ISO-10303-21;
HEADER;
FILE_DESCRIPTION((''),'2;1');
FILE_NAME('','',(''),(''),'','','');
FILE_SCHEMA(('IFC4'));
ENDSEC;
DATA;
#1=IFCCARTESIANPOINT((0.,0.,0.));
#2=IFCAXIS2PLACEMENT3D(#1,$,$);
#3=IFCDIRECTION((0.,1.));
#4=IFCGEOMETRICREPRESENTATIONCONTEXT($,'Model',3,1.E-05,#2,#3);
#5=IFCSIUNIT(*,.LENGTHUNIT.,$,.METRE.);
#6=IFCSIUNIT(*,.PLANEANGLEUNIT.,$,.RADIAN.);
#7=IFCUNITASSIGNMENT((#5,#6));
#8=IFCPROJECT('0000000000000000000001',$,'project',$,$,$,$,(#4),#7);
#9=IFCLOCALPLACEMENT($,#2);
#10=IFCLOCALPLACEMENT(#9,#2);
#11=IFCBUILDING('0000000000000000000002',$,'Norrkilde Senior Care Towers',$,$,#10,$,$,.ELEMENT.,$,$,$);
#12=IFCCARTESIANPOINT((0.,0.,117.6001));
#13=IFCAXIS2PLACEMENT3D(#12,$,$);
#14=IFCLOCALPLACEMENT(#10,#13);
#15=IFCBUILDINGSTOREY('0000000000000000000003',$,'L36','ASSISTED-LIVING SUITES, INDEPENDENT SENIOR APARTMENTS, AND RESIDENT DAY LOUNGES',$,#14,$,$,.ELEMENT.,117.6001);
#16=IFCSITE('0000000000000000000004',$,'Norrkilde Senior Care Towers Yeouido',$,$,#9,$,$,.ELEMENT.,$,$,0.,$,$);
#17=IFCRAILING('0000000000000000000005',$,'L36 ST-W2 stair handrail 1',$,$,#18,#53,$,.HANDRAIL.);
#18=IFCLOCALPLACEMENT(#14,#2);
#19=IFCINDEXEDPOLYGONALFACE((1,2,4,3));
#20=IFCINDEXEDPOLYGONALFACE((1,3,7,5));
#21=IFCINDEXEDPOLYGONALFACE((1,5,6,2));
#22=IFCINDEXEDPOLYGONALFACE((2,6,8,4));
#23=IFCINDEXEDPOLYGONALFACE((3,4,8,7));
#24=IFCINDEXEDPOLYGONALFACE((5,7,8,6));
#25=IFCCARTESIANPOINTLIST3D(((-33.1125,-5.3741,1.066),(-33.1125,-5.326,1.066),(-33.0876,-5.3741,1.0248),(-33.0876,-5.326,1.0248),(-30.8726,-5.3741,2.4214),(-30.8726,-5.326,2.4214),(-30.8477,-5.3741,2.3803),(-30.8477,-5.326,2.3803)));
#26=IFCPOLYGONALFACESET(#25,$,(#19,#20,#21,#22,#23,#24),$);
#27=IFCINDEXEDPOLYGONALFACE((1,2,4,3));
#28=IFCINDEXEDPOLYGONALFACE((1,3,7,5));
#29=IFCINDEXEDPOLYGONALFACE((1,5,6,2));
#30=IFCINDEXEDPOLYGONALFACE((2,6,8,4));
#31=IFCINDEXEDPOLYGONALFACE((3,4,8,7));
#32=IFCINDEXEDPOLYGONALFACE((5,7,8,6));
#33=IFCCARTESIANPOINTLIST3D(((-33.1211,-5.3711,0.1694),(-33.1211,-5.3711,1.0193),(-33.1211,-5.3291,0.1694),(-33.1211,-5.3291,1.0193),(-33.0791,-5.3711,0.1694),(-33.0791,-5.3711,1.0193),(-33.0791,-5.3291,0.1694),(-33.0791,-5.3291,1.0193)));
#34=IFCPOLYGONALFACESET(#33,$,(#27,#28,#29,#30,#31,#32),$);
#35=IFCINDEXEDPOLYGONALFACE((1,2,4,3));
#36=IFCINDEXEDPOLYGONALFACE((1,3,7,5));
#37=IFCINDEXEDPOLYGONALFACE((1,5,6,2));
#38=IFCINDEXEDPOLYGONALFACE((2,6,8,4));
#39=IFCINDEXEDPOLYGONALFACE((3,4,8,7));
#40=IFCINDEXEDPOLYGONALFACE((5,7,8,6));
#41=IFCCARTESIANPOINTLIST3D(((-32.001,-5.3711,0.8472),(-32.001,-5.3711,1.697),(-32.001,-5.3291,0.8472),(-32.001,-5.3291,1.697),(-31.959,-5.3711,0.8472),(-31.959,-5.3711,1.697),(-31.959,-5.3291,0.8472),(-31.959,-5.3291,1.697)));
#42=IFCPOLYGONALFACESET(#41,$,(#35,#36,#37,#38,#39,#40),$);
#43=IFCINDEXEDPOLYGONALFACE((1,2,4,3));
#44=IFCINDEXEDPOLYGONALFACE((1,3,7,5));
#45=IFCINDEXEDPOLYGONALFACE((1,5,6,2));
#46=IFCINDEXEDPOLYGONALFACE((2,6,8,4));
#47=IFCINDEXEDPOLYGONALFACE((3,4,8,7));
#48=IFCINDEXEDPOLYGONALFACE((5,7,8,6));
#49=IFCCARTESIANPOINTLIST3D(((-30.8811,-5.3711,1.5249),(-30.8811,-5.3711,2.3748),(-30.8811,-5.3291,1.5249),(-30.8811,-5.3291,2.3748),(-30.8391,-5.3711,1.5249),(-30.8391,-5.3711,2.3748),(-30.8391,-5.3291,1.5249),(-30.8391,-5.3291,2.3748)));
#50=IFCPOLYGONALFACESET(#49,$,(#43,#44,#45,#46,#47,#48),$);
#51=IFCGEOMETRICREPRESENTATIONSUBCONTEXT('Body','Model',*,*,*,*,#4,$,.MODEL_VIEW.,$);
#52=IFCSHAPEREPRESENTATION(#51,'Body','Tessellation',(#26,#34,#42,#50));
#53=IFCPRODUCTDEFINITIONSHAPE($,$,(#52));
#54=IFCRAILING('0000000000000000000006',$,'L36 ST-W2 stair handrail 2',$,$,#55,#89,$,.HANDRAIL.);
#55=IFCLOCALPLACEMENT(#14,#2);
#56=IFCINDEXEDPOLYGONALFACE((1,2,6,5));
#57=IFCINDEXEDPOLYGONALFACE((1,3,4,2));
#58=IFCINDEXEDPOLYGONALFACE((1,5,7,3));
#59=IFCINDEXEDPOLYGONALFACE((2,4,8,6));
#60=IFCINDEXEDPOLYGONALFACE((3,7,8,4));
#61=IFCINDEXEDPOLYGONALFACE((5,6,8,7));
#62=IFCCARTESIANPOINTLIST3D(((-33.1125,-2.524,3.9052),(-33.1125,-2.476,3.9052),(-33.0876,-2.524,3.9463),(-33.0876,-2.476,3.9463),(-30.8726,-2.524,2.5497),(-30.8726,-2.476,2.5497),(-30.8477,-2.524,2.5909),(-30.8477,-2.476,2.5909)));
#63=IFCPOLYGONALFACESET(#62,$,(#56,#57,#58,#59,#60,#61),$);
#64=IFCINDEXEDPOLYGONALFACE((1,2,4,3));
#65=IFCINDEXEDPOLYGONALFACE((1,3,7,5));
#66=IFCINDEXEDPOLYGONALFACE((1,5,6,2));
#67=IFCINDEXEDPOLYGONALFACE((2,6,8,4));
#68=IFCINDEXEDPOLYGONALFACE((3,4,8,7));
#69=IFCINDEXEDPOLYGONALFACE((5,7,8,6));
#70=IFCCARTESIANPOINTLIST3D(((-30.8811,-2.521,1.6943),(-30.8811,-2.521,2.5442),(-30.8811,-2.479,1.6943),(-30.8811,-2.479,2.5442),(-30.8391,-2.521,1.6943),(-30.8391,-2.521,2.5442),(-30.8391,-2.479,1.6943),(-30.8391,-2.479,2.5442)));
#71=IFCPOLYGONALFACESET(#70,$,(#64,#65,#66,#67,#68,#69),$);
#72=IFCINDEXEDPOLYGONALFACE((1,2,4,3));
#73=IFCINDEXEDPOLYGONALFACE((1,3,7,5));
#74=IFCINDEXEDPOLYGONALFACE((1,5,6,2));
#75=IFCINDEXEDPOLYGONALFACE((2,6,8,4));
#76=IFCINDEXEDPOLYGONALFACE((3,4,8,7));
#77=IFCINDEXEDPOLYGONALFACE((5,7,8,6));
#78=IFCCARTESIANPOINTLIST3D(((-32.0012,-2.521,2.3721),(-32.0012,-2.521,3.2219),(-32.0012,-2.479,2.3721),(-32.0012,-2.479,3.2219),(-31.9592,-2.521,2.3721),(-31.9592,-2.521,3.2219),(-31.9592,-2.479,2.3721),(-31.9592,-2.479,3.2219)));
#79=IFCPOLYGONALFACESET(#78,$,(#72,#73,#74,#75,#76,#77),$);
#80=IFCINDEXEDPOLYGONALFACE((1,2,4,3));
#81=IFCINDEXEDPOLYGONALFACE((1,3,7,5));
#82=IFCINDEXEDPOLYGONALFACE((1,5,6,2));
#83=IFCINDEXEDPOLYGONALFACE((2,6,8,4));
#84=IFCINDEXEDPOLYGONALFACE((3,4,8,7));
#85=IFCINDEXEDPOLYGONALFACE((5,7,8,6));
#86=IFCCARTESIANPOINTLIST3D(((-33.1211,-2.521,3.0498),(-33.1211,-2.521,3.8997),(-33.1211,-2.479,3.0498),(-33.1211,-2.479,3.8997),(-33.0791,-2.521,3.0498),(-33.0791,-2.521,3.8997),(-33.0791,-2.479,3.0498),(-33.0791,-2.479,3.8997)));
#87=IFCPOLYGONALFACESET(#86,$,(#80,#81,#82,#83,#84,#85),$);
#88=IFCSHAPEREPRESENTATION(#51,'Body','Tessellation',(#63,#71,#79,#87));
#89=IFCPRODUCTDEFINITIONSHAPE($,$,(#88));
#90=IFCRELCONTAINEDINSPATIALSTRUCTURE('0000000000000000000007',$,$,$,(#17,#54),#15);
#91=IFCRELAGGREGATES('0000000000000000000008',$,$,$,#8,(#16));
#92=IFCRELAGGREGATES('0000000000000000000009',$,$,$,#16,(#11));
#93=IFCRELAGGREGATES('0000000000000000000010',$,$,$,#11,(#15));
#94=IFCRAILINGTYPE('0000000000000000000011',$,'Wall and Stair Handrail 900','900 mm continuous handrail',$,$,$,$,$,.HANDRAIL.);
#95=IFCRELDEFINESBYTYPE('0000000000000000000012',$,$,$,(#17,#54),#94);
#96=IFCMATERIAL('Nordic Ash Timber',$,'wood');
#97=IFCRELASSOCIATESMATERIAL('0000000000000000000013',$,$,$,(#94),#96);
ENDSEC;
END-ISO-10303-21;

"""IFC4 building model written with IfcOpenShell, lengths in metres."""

from ifc_helpers import new_model, si_unit, direction, frame, origin, origin_2d, place, context, subcontext, project, spatial, rectangle, extrude, material, type_object, element, save


model = new_model("IFC4")

# Units and contexts
model_context = context("Model", 3, precision=1e-05, world=origin(), true_north=direction((0.0, 1.0)))
body_context = subcontext(model_context, "Body", "Model", "MODEL_VIEW")
ifc_project = project(units=[si_unit("LENGTHUNIT", "METRE"), si_unit("PLANEANGLEUNIT", "RADIAN")], contexts=[model_context])

# Site, building, storey
site_placement = place(None, origin())
site = spatial("IfcSite", under=ifc_project, at=site_placement, Name="Norrkilde Senior Care Towers Yeouido", CompositionType="ELEMENT", RefElevation=0.0)
building_placement = place(site_placement, origin())
building = spatial("IfcBuilding", under=site, at=building_placement, Name="Norrkilde Senior Care Towers", CompositionType="ELEMENT")
storey_placement = place(building_placement, frame((0.0, 0.0, 117.6001)))
storey = spatial("IfcBuildingStorey", under=building, at=storey_placement, Name="L36", Description="ASSISTED-LIVING SUITES, INDEPENDENT SENIOR APARTMENTS, AND RESIDENT DAY LOUNGES", CompositionType="ELEMENT", Elevation=117.6001)

# Railings
ifc_material_1 = material(Name="Nordic Ash Timber", Category="wood")
railing_type_1 = type_object("IfcRailingType", Name="Wall and Stair Handrail 900", Description="900 mm continuous handrail", PredefinedType="HANDRAIL", material=ifc_material_1)
railing_1_placement = place(storey_placement, frame((-33.1001, -5.3501, 0.1694)))
element("IfcRailing", 1, at=railing_1_placement, inside=storey, type_object=railing_type_1, Name="L36 ST-W2 stair handrail 1", PredefinedType="HANDRAIL", context=body_context, shape_type="SweptSolid", body=[
    extrude(rectangle(XDim=0.0481, YDim=0.0481, at=origin_2d()), frame((0.0, 0.0, 0.876), z_axis=(0.855553, 0.0, 0.517715), x_axis=(0.0, 1.0, 0.0)), (0.0, 0.0, 1.0), 2.6182),
    extrude(rectangle(XDim=0.042, YDim=0.042, at=origin_2d()), origin(), (0.0, 0.0, 1.0), 0.8499),
    extrude(rectangle(XDim=0.042, YDim=0.042, at=origin_2d()), frame((1.1201, 0.0, 0.6777)), (0.0, 0.0, 1.0), 0.8499),
    extrude(rectangle(XDim=0.042, YDim=0.042, at=origin_2d()), frame((2.24, 0.0, 1.3555)), (0.0, 0.0, 1.0), 0.8499),
])
railing_2_placement = place(storey_placement, frame((-30.8601, -2.5, 1.6943)))
element("IfcRailing", 2, at=railing_2_placement, inside=storey, type_object=railing_type_1, Name="L36 ST-W2 stair handrail 2", PredefinedType="HANDRAIL", context=body_context, shape_type="SweptSolid", body=[
    extrude(rectangle(XDim=0.0481, YDim=0.0481, at=origin_2d()), frame((0.0, 0.0, 0.876), z_axis=(-0.855553, 0.0, 0.517715), x_axis=(0.0, -1.0, 0.0)), (0.0, 0.0, 1.0), 2.6182),
    extrude(rectangle(XDim=0.042, YDim=0.042, at=origin_2d()), origin(), (0.0, 0.0, 1.0), 0.8499),
    extrude(rectangle(XDim=0.042, YDim=0.042, at=origin_2d()), frame((-1.1201, 0.0, 0.6777)), (0.0, 0.0, 1.0), 0.8499),
    extrude(rectangle(XDim=0.042, YDim=0.042, at=origin_2d()), frame((-2.24, 0.0, 1.3555)), (0.0, 0.0, 1.0), 0.8499),
])

save(model, "model.ifc")
